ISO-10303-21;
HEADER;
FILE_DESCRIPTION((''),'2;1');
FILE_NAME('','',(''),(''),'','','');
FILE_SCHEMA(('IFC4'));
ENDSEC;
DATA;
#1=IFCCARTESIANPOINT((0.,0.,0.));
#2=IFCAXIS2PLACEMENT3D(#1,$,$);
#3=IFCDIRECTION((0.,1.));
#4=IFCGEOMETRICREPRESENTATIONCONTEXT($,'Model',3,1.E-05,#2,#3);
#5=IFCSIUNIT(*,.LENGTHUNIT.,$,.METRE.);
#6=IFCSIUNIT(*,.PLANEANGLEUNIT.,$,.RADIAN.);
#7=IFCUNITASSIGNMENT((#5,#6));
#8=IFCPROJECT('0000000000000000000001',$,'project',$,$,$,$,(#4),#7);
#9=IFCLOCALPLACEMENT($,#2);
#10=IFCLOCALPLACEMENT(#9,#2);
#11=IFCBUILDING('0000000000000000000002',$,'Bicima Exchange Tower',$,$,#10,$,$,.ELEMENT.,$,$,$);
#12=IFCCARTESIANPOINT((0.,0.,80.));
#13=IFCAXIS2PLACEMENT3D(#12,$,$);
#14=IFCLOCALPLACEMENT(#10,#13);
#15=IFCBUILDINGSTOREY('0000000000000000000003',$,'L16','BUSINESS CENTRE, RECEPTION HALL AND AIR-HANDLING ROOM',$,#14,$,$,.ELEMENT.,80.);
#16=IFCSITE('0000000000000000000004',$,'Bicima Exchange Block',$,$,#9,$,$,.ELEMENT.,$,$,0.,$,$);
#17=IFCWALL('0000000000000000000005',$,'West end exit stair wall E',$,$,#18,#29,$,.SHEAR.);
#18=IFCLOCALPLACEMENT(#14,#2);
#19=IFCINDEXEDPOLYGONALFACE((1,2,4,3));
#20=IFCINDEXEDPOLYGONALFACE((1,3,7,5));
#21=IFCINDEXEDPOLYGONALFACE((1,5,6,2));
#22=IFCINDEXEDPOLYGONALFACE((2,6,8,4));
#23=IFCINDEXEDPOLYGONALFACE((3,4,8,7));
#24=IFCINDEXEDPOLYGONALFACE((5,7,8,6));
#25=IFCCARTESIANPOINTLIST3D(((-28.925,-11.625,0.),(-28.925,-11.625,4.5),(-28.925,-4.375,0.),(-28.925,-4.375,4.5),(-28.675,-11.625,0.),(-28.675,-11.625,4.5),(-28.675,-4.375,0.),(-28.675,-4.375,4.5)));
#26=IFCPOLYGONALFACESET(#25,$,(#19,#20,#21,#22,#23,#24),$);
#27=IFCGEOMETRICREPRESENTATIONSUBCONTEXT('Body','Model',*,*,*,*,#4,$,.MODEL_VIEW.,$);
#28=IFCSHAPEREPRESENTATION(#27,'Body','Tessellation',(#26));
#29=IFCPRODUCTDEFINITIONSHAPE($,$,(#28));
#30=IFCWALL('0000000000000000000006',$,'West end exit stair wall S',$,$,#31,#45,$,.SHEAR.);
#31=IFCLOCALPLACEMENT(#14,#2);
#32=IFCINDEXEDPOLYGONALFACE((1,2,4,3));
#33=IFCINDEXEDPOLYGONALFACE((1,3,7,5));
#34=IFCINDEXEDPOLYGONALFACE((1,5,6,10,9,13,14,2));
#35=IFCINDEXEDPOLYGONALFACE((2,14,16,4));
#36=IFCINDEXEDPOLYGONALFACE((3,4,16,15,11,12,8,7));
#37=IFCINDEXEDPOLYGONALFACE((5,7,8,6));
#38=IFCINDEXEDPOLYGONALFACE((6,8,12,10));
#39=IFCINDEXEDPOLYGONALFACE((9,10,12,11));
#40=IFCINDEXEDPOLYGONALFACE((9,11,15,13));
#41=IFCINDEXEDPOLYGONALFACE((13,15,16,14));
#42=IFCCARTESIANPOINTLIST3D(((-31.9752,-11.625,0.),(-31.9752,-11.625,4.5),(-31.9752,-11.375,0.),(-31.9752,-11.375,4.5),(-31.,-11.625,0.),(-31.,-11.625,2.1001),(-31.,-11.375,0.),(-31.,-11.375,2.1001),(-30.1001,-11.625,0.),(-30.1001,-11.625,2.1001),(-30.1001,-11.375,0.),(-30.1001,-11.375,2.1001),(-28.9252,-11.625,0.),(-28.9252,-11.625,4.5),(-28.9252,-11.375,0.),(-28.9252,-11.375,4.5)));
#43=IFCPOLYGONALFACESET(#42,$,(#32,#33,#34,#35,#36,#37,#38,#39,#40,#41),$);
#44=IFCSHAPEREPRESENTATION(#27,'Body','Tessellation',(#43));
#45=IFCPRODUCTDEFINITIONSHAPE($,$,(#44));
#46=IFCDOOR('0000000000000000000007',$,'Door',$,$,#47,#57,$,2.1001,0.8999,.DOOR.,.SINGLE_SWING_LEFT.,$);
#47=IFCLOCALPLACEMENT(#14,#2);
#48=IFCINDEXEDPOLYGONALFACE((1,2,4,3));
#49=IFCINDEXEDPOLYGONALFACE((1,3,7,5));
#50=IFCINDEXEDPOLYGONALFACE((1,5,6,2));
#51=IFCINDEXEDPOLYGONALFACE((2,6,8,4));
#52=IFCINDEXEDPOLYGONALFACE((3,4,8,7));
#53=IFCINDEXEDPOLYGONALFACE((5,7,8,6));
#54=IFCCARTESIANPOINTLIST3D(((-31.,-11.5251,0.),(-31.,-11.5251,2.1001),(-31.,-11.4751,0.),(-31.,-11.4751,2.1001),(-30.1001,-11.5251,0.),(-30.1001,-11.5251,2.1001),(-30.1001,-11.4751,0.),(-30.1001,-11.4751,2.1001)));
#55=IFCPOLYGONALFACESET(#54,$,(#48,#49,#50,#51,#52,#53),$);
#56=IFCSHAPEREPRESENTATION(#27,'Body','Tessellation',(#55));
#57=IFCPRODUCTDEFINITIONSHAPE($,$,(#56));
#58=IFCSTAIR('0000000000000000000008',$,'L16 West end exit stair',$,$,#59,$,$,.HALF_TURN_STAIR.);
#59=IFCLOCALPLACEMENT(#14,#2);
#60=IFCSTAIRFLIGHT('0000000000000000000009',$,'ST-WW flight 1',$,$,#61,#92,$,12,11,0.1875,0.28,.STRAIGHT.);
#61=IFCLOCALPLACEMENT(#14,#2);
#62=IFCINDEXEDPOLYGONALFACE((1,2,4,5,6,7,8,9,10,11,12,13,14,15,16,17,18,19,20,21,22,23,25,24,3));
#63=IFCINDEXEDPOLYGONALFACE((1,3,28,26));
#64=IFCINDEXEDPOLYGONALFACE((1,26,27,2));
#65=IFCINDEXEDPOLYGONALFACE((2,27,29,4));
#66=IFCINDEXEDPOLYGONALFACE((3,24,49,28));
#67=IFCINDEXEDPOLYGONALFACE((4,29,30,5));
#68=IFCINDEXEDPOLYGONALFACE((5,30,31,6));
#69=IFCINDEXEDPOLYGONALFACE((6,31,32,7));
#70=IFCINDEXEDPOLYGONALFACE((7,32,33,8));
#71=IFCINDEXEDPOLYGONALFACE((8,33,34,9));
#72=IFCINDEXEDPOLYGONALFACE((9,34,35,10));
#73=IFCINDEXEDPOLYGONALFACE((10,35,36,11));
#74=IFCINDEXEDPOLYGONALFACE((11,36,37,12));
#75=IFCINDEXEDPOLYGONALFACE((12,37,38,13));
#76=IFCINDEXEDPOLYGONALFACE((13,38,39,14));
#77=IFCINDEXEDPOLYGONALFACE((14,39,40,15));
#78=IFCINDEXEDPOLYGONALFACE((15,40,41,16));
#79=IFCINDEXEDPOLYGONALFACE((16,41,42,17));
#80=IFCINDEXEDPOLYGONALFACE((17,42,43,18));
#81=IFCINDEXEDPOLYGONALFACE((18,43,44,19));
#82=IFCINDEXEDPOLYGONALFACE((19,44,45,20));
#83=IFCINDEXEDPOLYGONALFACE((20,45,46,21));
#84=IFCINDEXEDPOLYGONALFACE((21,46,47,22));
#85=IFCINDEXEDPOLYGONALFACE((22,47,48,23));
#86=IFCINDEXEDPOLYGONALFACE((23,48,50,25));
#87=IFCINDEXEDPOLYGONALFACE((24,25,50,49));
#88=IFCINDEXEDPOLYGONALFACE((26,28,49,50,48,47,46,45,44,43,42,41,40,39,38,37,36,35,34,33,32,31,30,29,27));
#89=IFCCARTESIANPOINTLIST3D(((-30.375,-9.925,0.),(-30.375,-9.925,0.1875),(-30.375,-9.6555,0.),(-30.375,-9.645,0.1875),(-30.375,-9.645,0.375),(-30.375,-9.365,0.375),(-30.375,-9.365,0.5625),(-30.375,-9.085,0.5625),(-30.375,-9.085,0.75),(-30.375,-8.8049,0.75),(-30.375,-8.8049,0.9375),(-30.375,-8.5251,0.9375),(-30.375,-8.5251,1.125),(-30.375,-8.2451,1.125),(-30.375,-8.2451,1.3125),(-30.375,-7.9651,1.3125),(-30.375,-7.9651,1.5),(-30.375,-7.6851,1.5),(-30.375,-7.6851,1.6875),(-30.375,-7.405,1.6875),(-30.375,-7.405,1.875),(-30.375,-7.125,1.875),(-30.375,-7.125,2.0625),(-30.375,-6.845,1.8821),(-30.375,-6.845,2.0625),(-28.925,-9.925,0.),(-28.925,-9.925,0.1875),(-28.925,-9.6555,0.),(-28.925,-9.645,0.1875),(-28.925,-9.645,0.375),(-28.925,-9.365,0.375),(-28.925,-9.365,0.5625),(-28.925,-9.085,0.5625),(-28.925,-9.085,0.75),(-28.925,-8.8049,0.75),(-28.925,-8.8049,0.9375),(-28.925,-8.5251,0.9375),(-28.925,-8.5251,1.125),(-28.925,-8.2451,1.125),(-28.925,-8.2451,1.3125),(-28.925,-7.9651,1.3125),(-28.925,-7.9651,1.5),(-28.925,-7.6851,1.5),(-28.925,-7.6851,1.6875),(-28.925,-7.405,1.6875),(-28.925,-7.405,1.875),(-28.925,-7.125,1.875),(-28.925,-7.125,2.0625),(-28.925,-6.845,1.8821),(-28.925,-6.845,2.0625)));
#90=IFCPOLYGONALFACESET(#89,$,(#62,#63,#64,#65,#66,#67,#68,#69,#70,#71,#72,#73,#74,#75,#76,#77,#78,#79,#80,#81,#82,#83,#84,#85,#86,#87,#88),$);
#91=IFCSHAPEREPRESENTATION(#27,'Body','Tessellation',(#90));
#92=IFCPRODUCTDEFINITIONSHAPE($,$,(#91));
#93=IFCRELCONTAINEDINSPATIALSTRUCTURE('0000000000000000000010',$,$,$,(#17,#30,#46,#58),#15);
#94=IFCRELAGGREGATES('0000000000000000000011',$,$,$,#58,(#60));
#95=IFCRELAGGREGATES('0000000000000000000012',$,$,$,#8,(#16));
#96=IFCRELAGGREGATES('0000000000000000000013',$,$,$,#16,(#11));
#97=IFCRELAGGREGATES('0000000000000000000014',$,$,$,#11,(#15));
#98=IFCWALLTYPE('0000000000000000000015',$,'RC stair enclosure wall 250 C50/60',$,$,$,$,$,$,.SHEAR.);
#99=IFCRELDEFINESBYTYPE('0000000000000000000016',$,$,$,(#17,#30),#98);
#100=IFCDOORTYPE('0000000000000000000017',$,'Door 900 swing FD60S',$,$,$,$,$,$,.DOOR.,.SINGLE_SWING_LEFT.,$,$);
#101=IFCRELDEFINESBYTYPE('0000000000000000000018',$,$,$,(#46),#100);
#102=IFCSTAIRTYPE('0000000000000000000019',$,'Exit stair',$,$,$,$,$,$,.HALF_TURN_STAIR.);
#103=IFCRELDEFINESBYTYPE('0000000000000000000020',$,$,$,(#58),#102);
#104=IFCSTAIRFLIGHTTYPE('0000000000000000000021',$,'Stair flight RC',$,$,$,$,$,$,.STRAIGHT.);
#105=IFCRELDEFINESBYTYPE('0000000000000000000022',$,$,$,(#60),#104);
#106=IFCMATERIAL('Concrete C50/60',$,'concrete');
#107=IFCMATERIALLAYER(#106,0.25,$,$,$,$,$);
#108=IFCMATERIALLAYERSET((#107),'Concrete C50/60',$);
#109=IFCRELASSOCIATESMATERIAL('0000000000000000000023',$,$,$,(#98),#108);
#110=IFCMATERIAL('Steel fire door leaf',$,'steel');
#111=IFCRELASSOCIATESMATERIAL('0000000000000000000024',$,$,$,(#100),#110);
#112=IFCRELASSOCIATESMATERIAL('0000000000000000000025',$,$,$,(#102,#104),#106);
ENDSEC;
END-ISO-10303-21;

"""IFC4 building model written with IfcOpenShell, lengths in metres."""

from ifc_helpers import new_model, si_unit, direction, frame, frame_2d, origin, place, context, subcontext, project, spatial, polyline, rectangle, outline, extrude, material, layer, layer_set, type_object, element, fill, aggregate, save


model = new_model("IFC4")

# Units and contexts
model_context = context("Model", 3, precision=1e-05, world=origin(), true_north=direction((0.0, 1.0)))
body_context = subcontext(model_context, "Body", "Model", "MODEL_VIEW")
ifc_project = project(units=[si_unit("LENGTHUNIT", "METRE"), si_unit("PLANEANGLEUNIT", "RADIAN")], contexts=[model_context])

# Site, building, storey
site_placement = place(None, origin())
site = spatial("IfcSite", under=ifc_project, at=site_placement, Name="Bicima Exchange Block", CompositionType="ELEMENT", RefElevation=0.0)
building_placement = place(site_placement, origin())
building = spatial("IfcBuilding", under=site, at=building_placement, Name="Bicima Exchange Tower", CompositionType="ELEMENT")
storey_placement = place(building_placement, frame((0.0, 0.0, 80.0)))
storey = spatial("IfcBuildingStorey", under=building, at=storey_placement, Name="L16", Description="BUSINESS CENTRE, RECEPTION HALL AND AIR-HANDLING ROOM", CompositionType="ELEMENT", Elevation=80.0)

# Shared definitions
ifc_material_1 = material(Name="Steel fire door leaf", Category="steel")

# Wall
ifc_material_2 = material(Name="Concrete C50/60", Category="concrete")
ifc_layer_1 = layer(ifc_material_2, 0.25)
ifc_layer_set_1 = layer_set([ifc_layer_1], Name="Concrete C50/60")
wall_type_1 = type_object("IfcWallType", Name="RC stair enclosure wall 250 C50/60", PredefinedType="SHEAR", material=ifc_layer_set_1)
wall_1_placement = place(storey_placement, frame((-28.8, -11.625, 0.0), z_axis=(0.0, 0.0, 1.0), x_axis=(0.0, 1.0, 0.0)))
element("IfcWall", 1, at=wall_1_placement, inside=storey, type_object=wall_type_1, Name="West end exit stair wall E", PredefinedType="SHEAR", context=body_context, shape_type="SweptSolid", body=[
    extrude(rectangle(XDim=7.25, YDim=0.25, at=frame_2d((3.625, 0.0))), origin(), (0.0, 0.0, 1.0), 4.5),
])

# Wall, opening, door
wall_2_placement = place(storey_placement, frame((-31.9751, -11.5, 0.0), z_axis=(0.0, 0.0, 1.0), x_axis=(1.0, 0.0, 0.0)))
wall_2 = element("IfcWall", 2, at=wall_2_placement, inside=storey, type_object=wall_type_1, Name="West end exit stair wall S", PredefinedType="SHEAR", context=body_context, shape_type="SweptSolid", body=[
    extrude(rectangle(XDim=3.05, YDim=0.25, at=frame_2d((1.5249, 0.0))), origin(), (0.0, 0.0, 1.0), 4.5),
])
opening_1_placement = place(wall_2_placement, frame((0.9751, 0.0, 0.0)))
opening_1 = element("IfcOpeningElement", 3, at=opening_1_placement, cuts=wall_2, PredefinedType="OPENING", context=body_context, shape_type="SweptSolid", body=[
    extrude(rectangle(XDim=0.8999, YDim=2.1001, at=frame_2d((0.45, 1.05))), frame((0.0, 0.137, 0.0), z_axis=(0.0, -1.0, 0.0), x_axis=(1.0, 0.0, 0.0)), (0.0, 0.0, 1.0), 0.2739),
])
door_type_1 = type_object("IfcDoorType", Name="Door 900 swing FD60S", OperationType="SINGLE_SWING_LEFT", PredefinedType="DOOR", material=ifc_material_1)
door_1_placement = place(opening_1_placement, origin())
door_1 = element("IfcDoor", 4, at=door_1_placement, inside=storey, type_object=door_type_1, Name="Door", OperationType="SINGLE_SWING_LEFT", OverallHeight=2.1001, OverallWidth=0.8999, PredefinedType="DOOR", context=body_context, shape_type="SweptSolid", body=[
    extrude(rectangle(XDim=0.8999, YDim=2.1001, at=frame_2d((0.45, 1.05))), frame((0.0, 0.0249, 0.0), z_axis=(0.0, -1.0, 0.0), x_axis=(1.0, 0.0, 0.0)), (0.0, 0.0, 1.0), 0.05),
])
fill(opening_1, door_1)

# Stair, stair flight
stair_type = type_object("IfcStairType", Name="Exit stair", PredefinedType="HALF_TURN_STAIR", material=ifc_material_2)
stair_placement = place(storey_placement, origin())
stair = element("IfcStair", 5, at=stair_placement, inside=storey, type_object=stair_type, Name="L16 West end exit stair", PredefinedType="HALF_TURN_STAIR")
stair_flight_type = type_object("IfcStairFlightType", Name="Stair flight RC", PredefinedType="STRAIGHT", material=ifc_material_2)
stair_flight_placement = place(storey_placement, frame((-29.6499, -9.925, 0.0), z_axis=(0.0, 0.0, 1.0), x_axis=(0.0, 1.0, 0.0)))
stair_flight = element("IfcStairFlight", 6, at=stair_flight_placement, type_object=stair_flight_type, Name="ST-WW flight 1", NumberOfRisers=12, NumberOfTreads=11, PredefinedType="STRAIGHT", RiserHeight=0.1875, TreadLength=0.28, context=body_context, shape_type="SweptSolid", body=[
    extrude(outline(polyline([(0.0, 0.0), (0.0, 0.1875), (0.28, 0.1875), (0.28, 0.375), (0.5601, 0.375), (0.5601, 0.5625), (0.8401, 0.5625), (0.8401, 0.75), (1.1201, 0.75), (1.1201, 0.9375), (1.3999, 0.9375), (1.3999, 1.125), (1.6799, 1.125), (1.6799, 1.3125), (1.96, 1.3125), (1.96, 1.5), (2.24, 1.5), (2.24, 1.6875), (2.52, 1.6875), (2.52, 1.875), (2.8, 1.875), (2.8, 2.0625), (3.0801, 2.0625), (3.0801, 2.25), (3.0801, 1.8821), (0.2695, 0.0), (0.0, 0.0)])), frame((0.0, 0.7251, 0.0), z_axis=(0.0, -1.0, 0.0), x_axis=(1.0, 0.0, 0.0)), (0.0, 0.0, 1.0), 1.45),
])
aggregate(stair, [stair_flight])

save(model, "model.ifc")
